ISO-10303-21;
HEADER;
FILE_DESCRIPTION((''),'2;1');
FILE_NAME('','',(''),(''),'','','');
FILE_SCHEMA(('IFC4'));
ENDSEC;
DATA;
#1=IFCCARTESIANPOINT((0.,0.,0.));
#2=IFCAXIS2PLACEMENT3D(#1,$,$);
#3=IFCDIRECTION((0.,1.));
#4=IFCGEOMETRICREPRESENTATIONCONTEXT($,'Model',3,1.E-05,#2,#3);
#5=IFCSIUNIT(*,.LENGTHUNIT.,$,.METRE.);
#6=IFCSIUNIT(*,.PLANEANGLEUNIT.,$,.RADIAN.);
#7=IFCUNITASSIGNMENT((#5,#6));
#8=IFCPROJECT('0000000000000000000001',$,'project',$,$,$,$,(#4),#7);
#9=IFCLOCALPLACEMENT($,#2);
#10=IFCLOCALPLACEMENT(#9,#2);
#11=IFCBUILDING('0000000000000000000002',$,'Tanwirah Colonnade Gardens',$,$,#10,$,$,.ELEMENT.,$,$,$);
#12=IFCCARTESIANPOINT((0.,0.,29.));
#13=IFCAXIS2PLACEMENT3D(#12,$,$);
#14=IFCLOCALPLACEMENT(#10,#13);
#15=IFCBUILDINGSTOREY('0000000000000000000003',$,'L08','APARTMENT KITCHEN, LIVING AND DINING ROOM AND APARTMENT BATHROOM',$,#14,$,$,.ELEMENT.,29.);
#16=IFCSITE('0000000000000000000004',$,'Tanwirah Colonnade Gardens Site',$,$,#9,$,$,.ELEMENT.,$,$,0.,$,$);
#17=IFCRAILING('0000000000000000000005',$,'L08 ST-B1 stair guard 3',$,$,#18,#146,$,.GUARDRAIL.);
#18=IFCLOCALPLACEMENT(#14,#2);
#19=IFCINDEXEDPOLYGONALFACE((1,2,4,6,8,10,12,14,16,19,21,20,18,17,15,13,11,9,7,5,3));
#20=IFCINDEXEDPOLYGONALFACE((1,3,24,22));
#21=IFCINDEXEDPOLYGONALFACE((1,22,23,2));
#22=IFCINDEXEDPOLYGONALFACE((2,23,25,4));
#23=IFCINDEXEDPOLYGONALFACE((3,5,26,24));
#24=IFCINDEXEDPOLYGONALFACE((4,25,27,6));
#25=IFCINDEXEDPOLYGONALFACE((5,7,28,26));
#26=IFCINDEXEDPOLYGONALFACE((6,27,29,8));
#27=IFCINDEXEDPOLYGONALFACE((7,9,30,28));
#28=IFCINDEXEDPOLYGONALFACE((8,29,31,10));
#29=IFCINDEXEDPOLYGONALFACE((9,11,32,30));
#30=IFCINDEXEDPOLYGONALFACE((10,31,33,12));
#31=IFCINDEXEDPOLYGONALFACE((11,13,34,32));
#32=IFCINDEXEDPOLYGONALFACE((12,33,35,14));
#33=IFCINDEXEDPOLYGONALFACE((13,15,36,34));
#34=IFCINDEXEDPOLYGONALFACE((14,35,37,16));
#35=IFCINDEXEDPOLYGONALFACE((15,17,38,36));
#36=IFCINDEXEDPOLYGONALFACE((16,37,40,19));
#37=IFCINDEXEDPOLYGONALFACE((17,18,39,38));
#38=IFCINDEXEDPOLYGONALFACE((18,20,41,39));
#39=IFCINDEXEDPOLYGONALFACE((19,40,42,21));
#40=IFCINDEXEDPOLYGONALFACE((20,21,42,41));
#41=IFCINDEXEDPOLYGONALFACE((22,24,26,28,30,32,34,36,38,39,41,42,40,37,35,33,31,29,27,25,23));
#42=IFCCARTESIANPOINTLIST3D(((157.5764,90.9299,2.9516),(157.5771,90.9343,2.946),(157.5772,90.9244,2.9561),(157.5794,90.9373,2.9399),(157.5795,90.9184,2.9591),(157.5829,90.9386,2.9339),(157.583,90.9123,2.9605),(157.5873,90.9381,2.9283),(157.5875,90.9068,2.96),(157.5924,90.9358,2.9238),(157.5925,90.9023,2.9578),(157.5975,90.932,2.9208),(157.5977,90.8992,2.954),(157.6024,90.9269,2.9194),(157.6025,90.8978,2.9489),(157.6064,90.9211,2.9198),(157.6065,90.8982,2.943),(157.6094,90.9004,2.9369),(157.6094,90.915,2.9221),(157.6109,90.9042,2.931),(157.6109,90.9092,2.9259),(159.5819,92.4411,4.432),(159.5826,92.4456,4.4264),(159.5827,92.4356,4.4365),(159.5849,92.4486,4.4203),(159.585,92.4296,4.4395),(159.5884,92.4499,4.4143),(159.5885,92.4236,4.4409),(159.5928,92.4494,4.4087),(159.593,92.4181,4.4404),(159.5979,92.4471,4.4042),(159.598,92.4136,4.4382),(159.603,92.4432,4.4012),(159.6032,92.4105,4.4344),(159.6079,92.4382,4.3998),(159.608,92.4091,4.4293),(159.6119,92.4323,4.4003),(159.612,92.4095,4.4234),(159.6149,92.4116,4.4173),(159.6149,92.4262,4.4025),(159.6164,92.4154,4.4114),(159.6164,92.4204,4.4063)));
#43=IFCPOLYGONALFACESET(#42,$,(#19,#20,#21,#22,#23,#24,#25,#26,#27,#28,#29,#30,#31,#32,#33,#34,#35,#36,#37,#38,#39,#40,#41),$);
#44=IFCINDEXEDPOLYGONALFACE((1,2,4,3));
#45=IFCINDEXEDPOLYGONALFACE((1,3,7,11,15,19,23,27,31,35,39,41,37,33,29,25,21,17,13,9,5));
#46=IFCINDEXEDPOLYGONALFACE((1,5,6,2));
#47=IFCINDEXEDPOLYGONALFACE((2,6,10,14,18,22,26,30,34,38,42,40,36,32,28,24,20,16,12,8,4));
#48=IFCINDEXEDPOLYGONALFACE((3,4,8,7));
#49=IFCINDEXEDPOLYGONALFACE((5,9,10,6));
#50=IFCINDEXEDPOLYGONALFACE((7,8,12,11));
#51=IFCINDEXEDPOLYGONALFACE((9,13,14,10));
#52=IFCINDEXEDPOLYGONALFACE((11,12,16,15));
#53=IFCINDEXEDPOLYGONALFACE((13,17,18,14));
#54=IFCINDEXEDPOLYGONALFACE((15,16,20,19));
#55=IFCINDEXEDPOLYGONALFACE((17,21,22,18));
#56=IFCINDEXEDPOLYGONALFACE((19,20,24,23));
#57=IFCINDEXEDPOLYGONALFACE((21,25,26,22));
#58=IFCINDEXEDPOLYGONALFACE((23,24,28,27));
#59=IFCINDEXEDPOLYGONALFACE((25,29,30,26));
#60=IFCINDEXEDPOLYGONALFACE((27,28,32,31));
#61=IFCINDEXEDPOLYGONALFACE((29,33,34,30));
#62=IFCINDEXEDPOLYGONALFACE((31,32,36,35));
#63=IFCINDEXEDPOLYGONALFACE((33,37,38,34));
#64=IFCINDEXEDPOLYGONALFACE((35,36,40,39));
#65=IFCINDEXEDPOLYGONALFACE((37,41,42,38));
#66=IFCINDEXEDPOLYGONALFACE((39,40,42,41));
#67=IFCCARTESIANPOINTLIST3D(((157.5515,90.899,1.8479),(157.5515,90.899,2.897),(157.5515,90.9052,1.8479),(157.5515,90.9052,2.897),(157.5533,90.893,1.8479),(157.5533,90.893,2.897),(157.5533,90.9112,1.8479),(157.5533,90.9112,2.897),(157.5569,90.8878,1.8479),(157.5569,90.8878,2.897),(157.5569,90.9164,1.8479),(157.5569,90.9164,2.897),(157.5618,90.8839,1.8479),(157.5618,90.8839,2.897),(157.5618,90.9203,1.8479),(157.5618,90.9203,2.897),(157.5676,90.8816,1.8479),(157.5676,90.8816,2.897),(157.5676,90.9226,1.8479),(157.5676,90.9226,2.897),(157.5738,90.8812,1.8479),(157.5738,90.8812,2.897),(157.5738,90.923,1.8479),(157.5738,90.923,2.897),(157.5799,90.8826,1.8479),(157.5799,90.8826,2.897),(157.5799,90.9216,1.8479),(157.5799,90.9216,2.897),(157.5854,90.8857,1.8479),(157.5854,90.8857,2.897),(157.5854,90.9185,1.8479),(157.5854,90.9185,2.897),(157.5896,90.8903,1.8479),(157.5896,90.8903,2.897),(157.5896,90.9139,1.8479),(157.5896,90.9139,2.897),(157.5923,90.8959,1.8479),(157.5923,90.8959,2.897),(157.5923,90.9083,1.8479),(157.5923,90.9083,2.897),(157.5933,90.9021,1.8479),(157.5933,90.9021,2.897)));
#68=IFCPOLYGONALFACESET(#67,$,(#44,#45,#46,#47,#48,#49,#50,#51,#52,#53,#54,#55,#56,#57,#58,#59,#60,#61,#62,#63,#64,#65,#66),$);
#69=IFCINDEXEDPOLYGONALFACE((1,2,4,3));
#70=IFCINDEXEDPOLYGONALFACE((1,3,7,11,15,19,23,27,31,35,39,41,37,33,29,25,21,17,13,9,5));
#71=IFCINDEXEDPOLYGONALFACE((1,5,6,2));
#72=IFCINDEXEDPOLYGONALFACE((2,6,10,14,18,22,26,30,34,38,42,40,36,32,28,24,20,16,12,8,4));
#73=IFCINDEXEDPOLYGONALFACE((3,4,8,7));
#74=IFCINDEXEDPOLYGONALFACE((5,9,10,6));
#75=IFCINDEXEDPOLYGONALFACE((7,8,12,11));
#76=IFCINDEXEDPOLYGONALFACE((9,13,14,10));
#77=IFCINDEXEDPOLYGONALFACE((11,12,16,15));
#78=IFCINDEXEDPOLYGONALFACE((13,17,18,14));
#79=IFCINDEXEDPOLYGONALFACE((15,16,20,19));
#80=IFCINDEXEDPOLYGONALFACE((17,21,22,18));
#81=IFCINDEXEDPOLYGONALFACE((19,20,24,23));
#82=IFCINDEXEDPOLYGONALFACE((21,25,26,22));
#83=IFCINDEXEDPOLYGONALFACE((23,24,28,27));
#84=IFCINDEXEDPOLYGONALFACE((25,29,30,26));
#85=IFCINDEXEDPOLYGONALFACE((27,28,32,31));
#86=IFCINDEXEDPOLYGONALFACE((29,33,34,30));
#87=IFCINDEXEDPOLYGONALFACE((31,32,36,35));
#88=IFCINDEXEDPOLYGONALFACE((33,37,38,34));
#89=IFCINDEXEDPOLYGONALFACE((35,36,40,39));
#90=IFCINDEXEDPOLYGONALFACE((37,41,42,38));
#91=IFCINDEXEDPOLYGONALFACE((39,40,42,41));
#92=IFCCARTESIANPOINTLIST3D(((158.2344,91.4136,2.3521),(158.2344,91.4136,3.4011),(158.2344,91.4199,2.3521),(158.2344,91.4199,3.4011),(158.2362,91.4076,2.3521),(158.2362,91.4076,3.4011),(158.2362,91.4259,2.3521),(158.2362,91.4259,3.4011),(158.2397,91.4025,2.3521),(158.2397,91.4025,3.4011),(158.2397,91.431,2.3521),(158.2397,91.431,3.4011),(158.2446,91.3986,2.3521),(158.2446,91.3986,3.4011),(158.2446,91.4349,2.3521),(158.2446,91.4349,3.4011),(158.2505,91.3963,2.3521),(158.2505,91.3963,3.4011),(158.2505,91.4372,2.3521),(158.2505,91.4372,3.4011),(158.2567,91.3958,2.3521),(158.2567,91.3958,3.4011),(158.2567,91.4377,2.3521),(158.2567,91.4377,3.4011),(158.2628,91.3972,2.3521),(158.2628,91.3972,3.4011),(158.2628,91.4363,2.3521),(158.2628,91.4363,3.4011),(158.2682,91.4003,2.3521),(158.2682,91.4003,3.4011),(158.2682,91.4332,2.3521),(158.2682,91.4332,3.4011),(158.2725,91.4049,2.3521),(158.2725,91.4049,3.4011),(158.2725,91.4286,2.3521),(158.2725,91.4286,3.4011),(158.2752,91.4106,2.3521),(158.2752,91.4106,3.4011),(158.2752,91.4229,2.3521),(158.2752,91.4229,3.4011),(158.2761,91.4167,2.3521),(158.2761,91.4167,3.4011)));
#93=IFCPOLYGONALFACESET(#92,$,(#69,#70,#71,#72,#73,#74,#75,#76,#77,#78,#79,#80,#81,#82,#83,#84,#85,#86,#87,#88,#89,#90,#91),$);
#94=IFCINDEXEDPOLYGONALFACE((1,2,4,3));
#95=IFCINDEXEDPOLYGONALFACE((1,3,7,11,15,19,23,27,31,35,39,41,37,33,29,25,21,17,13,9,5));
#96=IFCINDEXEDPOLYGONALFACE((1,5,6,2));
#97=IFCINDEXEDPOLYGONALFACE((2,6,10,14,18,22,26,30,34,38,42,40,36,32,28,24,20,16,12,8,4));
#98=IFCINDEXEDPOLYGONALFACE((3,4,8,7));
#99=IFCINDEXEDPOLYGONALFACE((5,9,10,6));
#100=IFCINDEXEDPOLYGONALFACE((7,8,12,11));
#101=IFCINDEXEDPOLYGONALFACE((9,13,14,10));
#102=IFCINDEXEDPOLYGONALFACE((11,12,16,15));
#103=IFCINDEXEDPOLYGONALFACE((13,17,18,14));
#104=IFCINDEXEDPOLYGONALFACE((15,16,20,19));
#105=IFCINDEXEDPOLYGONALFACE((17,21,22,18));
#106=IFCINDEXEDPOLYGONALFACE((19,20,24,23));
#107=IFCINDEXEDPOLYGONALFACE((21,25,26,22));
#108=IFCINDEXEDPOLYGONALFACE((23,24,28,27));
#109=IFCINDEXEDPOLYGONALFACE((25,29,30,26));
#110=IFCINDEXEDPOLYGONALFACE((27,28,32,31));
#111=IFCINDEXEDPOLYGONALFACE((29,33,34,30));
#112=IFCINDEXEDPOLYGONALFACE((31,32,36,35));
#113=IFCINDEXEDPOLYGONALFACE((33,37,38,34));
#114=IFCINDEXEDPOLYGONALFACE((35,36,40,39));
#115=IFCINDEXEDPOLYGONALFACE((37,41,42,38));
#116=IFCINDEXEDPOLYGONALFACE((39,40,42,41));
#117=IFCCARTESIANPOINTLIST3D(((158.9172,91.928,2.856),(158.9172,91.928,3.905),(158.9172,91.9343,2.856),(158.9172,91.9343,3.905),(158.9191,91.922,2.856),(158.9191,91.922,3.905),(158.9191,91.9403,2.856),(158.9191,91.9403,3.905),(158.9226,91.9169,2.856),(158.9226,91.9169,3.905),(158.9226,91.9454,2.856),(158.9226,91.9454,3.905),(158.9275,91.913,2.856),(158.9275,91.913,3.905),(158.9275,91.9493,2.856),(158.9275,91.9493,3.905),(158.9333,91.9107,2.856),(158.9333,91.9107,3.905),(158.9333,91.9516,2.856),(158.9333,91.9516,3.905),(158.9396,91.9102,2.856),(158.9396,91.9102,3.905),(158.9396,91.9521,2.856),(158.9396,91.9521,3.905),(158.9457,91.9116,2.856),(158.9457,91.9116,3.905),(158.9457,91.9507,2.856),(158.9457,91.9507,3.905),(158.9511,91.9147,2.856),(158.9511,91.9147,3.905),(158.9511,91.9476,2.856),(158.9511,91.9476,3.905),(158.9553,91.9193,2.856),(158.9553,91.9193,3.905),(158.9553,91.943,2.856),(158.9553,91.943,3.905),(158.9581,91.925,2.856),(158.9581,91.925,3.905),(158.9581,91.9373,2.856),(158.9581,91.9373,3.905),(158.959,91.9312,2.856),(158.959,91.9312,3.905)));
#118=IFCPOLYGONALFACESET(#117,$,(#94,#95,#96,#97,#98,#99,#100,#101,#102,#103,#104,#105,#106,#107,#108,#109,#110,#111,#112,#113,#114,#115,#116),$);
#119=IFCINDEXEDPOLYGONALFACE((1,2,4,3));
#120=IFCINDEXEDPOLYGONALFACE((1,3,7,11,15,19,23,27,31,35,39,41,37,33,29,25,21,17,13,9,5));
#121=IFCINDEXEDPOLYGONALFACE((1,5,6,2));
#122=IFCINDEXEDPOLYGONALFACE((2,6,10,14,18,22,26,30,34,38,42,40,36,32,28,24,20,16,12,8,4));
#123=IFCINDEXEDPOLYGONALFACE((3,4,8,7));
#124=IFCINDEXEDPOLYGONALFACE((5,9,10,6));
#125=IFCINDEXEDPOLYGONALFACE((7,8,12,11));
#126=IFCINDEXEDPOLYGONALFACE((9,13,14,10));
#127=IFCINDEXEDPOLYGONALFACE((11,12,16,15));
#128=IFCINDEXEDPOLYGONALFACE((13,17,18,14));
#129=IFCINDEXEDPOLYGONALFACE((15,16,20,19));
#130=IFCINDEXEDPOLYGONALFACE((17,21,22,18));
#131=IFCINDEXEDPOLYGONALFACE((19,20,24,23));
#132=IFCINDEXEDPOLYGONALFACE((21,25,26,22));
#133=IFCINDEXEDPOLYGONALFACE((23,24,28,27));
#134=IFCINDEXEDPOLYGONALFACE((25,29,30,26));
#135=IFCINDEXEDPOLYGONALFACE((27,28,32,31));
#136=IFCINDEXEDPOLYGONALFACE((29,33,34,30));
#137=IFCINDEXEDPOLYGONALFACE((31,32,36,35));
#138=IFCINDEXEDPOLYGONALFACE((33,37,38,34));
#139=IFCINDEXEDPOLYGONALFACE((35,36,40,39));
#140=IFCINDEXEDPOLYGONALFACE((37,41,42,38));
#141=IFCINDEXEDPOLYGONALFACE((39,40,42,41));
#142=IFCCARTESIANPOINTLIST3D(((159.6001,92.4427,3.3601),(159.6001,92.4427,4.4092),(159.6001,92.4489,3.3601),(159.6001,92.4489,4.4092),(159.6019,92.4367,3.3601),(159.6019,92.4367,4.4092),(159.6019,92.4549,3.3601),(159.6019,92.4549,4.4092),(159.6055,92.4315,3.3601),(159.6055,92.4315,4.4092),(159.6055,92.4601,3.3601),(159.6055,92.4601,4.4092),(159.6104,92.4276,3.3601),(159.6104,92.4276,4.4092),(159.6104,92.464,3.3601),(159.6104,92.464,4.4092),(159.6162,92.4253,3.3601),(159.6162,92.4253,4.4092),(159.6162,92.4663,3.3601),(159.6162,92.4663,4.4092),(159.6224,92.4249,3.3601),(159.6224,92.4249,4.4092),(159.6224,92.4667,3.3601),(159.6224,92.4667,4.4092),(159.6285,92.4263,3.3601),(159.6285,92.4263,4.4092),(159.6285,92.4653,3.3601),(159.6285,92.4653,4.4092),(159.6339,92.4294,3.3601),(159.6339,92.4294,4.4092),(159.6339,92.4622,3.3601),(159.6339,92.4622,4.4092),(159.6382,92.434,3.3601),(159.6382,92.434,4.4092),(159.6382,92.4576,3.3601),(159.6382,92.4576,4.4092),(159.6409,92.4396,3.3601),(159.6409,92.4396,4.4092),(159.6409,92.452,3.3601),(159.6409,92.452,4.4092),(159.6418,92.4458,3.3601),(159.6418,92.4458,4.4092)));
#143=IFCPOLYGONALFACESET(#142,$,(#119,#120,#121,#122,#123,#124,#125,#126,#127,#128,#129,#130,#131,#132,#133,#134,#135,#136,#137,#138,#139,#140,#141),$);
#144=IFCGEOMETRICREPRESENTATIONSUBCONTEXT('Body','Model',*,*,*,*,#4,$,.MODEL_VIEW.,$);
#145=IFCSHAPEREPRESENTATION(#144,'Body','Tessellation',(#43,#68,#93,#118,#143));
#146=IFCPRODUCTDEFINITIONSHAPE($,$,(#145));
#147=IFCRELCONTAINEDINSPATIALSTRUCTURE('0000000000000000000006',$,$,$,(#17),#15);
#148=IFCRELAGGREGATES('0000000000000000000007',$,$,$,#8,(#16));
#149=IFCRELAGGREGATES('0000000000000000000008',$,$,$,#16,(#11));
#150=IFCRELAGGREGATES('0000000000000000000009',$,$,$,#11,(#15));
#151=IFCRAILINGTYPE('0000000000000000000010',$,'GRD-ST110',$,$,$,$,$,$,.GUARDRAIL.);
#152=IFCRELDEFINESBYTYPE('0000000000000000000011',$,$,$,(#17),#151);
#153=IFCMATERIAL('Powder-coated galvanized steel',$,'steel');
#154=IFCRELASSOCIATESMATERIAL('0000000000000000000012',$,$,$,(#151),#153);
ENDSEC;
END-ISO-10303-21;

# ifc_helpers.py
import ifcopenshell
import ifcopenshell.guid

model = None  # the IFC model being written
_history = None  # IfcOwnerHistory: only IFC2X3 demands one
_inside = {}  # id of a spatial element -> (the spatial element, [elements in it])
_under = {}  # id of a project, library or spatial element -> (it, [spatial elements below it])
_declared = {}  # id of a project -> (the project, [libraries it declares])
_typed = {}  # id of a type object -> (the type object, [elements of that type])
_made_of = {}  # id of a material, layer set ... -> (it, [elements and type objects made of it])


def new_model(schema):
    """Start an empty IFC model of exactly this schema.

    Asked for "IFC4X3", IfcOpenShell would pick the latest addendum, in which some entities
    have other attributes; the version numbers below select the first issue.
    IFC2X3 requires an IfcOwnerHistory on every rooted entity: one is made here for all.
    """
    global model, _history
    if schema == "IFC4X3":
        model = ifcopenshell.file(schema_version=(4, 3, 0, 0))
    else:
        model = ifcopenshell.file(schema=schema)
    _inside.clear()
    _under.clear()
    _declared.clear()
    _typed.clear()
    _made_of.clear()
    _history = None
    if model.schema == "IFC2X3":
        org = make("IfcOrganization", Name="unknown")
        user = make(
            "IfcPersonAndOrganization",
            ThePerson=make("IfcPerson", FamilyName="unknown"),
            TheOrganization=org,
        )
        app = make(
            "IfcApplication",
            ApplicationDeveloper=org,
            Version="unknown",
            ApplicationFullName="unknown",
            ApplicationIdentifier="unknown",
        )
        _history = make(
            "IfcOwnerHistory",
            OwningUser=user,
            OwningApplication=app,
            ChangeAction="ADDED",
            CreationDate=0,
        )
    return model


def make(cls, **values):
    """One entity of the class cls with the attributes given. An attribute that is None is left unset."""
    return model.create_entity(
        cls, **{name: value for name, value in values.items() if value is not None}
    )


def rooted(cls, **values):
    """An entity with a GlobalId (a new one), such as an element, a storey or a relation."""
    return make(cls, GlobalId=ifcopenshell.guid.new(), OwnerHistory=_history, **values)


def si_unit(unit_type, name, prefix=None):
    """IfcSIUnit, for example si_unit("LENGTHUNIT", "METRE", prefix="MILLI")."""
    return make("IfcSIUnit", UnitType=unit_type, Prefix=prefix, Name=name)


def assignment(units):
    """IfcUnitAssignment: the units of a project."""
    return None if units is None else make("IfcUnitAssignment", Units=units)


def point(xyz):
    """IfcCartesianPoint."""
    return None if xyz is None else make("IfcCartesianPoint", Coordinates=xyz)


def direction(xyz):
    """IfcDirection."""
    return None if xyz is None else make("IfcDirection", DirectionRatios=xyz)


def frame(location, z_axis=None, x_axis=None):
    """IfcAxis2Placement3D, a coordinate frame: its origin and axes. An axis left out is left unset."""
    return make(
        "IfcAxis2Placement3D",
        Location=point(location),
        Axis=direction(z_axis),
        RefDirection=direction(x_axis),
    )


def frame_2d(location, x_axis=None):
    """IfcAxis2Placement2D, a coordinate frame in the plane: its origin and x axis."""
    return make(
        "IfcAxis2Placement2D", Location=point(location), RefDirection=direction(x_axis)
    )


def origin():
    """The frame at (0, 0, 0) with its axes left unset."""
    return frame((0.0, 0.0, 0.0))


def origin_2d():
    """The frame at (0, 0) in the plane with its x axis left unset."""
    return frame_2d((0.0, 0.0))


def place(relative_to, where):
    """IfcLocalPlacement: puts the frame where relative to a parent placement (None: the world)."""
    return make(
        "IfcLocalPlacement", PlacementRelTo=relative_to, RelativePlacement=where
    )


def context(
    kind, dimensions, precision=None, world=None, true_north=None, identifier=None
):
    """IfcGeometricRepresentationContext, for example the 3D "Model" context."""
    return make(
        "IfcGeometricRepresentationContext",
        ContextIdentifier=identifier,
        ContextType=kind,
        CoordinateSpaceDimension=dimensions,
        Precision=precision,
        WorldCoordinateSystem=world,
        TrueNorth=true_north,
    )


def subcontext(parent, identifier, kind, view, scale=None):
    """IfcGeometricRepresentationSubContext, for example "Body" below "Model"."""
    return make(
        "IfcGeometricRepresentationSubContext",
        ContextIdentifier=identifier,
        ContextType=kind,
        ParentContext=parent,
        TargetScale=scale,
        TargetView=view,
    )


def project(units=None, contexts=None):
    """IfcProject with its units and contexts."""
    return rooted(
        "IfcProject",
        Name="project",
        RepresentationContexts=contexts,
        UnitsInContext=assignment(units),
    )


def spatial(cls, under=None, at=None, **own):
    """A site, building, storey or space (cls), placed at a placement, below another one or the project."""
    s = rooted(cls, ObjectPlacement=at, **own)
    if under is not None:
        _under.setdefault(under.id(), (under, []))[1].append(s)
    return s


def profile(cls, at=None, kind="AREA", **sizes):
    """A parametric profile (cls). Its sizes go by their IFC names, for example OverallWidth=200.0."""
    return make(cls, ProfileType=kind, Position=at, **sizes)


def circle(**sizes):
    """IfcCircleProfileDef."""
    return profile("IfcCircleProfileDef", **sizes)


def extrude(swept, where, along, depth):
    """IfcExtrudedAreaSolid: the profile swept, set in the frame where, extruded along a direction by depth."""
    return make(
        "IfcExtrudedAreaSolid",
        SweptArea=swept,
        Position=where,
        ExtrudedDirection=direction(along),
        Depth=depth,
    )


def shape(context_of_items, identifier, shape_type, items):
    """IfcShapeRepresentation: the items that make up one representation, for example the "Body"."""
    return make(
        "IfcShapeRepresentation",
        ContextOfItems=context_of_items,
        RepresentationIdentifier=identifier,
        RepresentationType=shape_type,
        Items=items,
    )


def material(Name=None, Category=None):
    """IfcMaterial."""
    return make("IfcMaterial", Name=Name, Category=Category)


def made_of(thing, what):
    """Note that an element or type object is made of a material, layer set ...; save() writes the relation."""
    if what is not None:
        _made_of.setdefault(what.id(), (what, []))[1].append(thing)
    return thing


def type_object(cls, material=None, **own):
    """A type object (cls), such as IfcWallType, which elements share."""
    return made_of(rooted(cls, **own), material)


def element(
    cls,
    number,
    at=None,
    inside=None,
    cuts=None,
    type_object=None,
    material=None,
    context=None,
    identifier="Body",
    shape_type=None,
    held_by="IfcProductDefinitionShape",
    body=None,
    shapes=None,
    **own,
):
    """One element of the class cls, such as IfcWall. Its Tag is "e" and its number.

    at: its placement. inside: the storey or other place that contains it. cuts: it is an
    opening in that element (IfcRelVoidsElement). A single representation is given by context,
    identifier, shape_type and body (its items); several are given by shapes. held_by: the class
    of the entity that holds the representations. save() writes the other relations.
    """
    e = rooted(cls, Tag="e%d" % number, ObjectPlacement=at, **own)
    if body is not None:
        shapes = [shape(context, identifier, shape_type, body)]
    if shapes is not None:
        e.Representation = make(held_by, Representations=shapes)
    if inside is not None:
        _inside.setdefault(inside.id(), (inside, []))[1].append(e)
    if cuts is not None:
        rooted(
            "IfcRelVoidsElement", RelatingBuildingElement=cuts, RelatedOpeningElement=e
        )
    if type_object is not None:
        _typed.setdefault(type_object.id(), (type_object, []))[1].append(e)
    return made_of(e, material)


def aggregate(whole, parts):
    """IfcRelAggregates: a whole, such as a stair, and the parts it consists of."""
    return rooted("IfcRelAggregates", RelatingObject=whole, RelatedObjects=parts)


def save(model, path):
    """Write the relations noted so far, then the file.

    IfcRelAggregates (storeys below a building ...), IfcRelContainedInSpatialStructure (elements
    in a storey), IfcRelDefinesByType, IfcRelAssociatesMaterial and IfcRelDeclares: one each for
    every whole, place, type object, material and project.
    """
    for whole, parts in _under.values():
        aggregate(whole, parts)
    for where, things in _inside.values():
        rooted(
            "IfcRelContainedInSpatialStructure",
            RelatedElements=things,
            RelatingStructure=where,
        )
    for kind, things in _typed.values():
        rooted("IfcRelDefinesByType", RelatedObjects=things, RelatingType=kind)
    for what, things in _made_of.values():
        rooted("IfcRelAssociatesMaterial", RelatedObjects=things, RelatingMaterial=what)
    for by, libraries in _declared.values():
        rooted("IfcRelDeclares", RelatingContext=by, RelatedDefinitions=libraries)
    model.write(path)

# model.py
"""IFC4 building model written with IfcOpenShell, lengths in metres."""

from ifc_helpers import new_model, si_unit, direction, frame, origin, origin_2d, place, context, subcontext, project, spatial, circle, extrude, material, type_object, element, save


model = new_model("IFC4")

# Units and contexts
model_context = context("Model", 3, precision=1e-05, world=origin(), true_north=direction((0.0, 1.0)))
body_context = subcontext(model_context, "Body", "Model", "MODEL_VIEW")
ifc_project = project(units=[si_unit("LENGTHUNIT", "METRE"), si_unit("PLANEANGLEUNIT", "RADIAN")], contexts=[model_context])

# Site, building, storey
site_placement = place(None, origin())
site = spatial("IfcSite", under=ifc_project, at=site_placement, Name="Tanwirah Colonnade Gardens Site", CompositionType="ELEMENT", RefElevation=0.0)
building_placement = place(site_placement, origin())
building = spatial("IfcBuilding", under=site, at=building_placement, Name="Tanwirah Colonnade Gardens", CompositionType="ELEMENT")
storey_placement = place(building_placement, frame((0.0, 0.0, 29.0)))
storey = spatial("IfcBuildingStorey", under=building, at=storey_placement, Name="L08", Description="APARTMENT KITCHEN, LIVING AND DINING ROOM AND APARTMENT BATHROOM", CompositionType="ELEMENT", Elevation=29.0)

# Railing
ifc_material_1 = material(Name="Powder-coated galvanized steel", Category="steel")
railing_type_1 = type_object("IfcRailingType", Name="GRD-ST110", PredefinedType="GUARDRAIL", material=ifc_material_1)
railing_1_placement = place(storey_placement, frame((157.5723, 90.9021, 1.8479)))
element("IfcRailing", 1, at=railing_1_placement, inside=storey, type_object=railing_type_1, Name="L08 ST-B1 stair guard 3", PredefinedType="GUARDRAIL", context=body_context, shape_type="SweptSolid", body=[
    extrude(circle(Radius=0.0239, at=origin_2d()), frame((0.0215, 0.0161, 1.092), z_axis=(0.687984, 0.518427, 0.50785), x_axis=(-0.601811, 0.798639, 0.0)), (0.0, 0.0, 1.0), 2.915),
    extrude(circle(Radius=0.021, at=origin_2d()), origin(), (0.0, 0.0, 1.0), 1.0491),
    extrude(circle(Radius=0.021, at=origin_2d()), frame((0.6829, 0.5146, 0.5042)), (0.0, 0.0, 1.0), 1.0491),
    extrude(circle(Radius=0.021, at=origin_2d()), frame((1.3657, 1.0291, 1.0081)), (0.0, 0.0, 1.0), 1.0491),
    extrude(circle(Radius=0.021, at=origin_2d()), frame((2.0486, 1.5437, 1.5122)), (0.0, 0.0, 1.0), 1.0491),
])

save(model, "model.ifc")
